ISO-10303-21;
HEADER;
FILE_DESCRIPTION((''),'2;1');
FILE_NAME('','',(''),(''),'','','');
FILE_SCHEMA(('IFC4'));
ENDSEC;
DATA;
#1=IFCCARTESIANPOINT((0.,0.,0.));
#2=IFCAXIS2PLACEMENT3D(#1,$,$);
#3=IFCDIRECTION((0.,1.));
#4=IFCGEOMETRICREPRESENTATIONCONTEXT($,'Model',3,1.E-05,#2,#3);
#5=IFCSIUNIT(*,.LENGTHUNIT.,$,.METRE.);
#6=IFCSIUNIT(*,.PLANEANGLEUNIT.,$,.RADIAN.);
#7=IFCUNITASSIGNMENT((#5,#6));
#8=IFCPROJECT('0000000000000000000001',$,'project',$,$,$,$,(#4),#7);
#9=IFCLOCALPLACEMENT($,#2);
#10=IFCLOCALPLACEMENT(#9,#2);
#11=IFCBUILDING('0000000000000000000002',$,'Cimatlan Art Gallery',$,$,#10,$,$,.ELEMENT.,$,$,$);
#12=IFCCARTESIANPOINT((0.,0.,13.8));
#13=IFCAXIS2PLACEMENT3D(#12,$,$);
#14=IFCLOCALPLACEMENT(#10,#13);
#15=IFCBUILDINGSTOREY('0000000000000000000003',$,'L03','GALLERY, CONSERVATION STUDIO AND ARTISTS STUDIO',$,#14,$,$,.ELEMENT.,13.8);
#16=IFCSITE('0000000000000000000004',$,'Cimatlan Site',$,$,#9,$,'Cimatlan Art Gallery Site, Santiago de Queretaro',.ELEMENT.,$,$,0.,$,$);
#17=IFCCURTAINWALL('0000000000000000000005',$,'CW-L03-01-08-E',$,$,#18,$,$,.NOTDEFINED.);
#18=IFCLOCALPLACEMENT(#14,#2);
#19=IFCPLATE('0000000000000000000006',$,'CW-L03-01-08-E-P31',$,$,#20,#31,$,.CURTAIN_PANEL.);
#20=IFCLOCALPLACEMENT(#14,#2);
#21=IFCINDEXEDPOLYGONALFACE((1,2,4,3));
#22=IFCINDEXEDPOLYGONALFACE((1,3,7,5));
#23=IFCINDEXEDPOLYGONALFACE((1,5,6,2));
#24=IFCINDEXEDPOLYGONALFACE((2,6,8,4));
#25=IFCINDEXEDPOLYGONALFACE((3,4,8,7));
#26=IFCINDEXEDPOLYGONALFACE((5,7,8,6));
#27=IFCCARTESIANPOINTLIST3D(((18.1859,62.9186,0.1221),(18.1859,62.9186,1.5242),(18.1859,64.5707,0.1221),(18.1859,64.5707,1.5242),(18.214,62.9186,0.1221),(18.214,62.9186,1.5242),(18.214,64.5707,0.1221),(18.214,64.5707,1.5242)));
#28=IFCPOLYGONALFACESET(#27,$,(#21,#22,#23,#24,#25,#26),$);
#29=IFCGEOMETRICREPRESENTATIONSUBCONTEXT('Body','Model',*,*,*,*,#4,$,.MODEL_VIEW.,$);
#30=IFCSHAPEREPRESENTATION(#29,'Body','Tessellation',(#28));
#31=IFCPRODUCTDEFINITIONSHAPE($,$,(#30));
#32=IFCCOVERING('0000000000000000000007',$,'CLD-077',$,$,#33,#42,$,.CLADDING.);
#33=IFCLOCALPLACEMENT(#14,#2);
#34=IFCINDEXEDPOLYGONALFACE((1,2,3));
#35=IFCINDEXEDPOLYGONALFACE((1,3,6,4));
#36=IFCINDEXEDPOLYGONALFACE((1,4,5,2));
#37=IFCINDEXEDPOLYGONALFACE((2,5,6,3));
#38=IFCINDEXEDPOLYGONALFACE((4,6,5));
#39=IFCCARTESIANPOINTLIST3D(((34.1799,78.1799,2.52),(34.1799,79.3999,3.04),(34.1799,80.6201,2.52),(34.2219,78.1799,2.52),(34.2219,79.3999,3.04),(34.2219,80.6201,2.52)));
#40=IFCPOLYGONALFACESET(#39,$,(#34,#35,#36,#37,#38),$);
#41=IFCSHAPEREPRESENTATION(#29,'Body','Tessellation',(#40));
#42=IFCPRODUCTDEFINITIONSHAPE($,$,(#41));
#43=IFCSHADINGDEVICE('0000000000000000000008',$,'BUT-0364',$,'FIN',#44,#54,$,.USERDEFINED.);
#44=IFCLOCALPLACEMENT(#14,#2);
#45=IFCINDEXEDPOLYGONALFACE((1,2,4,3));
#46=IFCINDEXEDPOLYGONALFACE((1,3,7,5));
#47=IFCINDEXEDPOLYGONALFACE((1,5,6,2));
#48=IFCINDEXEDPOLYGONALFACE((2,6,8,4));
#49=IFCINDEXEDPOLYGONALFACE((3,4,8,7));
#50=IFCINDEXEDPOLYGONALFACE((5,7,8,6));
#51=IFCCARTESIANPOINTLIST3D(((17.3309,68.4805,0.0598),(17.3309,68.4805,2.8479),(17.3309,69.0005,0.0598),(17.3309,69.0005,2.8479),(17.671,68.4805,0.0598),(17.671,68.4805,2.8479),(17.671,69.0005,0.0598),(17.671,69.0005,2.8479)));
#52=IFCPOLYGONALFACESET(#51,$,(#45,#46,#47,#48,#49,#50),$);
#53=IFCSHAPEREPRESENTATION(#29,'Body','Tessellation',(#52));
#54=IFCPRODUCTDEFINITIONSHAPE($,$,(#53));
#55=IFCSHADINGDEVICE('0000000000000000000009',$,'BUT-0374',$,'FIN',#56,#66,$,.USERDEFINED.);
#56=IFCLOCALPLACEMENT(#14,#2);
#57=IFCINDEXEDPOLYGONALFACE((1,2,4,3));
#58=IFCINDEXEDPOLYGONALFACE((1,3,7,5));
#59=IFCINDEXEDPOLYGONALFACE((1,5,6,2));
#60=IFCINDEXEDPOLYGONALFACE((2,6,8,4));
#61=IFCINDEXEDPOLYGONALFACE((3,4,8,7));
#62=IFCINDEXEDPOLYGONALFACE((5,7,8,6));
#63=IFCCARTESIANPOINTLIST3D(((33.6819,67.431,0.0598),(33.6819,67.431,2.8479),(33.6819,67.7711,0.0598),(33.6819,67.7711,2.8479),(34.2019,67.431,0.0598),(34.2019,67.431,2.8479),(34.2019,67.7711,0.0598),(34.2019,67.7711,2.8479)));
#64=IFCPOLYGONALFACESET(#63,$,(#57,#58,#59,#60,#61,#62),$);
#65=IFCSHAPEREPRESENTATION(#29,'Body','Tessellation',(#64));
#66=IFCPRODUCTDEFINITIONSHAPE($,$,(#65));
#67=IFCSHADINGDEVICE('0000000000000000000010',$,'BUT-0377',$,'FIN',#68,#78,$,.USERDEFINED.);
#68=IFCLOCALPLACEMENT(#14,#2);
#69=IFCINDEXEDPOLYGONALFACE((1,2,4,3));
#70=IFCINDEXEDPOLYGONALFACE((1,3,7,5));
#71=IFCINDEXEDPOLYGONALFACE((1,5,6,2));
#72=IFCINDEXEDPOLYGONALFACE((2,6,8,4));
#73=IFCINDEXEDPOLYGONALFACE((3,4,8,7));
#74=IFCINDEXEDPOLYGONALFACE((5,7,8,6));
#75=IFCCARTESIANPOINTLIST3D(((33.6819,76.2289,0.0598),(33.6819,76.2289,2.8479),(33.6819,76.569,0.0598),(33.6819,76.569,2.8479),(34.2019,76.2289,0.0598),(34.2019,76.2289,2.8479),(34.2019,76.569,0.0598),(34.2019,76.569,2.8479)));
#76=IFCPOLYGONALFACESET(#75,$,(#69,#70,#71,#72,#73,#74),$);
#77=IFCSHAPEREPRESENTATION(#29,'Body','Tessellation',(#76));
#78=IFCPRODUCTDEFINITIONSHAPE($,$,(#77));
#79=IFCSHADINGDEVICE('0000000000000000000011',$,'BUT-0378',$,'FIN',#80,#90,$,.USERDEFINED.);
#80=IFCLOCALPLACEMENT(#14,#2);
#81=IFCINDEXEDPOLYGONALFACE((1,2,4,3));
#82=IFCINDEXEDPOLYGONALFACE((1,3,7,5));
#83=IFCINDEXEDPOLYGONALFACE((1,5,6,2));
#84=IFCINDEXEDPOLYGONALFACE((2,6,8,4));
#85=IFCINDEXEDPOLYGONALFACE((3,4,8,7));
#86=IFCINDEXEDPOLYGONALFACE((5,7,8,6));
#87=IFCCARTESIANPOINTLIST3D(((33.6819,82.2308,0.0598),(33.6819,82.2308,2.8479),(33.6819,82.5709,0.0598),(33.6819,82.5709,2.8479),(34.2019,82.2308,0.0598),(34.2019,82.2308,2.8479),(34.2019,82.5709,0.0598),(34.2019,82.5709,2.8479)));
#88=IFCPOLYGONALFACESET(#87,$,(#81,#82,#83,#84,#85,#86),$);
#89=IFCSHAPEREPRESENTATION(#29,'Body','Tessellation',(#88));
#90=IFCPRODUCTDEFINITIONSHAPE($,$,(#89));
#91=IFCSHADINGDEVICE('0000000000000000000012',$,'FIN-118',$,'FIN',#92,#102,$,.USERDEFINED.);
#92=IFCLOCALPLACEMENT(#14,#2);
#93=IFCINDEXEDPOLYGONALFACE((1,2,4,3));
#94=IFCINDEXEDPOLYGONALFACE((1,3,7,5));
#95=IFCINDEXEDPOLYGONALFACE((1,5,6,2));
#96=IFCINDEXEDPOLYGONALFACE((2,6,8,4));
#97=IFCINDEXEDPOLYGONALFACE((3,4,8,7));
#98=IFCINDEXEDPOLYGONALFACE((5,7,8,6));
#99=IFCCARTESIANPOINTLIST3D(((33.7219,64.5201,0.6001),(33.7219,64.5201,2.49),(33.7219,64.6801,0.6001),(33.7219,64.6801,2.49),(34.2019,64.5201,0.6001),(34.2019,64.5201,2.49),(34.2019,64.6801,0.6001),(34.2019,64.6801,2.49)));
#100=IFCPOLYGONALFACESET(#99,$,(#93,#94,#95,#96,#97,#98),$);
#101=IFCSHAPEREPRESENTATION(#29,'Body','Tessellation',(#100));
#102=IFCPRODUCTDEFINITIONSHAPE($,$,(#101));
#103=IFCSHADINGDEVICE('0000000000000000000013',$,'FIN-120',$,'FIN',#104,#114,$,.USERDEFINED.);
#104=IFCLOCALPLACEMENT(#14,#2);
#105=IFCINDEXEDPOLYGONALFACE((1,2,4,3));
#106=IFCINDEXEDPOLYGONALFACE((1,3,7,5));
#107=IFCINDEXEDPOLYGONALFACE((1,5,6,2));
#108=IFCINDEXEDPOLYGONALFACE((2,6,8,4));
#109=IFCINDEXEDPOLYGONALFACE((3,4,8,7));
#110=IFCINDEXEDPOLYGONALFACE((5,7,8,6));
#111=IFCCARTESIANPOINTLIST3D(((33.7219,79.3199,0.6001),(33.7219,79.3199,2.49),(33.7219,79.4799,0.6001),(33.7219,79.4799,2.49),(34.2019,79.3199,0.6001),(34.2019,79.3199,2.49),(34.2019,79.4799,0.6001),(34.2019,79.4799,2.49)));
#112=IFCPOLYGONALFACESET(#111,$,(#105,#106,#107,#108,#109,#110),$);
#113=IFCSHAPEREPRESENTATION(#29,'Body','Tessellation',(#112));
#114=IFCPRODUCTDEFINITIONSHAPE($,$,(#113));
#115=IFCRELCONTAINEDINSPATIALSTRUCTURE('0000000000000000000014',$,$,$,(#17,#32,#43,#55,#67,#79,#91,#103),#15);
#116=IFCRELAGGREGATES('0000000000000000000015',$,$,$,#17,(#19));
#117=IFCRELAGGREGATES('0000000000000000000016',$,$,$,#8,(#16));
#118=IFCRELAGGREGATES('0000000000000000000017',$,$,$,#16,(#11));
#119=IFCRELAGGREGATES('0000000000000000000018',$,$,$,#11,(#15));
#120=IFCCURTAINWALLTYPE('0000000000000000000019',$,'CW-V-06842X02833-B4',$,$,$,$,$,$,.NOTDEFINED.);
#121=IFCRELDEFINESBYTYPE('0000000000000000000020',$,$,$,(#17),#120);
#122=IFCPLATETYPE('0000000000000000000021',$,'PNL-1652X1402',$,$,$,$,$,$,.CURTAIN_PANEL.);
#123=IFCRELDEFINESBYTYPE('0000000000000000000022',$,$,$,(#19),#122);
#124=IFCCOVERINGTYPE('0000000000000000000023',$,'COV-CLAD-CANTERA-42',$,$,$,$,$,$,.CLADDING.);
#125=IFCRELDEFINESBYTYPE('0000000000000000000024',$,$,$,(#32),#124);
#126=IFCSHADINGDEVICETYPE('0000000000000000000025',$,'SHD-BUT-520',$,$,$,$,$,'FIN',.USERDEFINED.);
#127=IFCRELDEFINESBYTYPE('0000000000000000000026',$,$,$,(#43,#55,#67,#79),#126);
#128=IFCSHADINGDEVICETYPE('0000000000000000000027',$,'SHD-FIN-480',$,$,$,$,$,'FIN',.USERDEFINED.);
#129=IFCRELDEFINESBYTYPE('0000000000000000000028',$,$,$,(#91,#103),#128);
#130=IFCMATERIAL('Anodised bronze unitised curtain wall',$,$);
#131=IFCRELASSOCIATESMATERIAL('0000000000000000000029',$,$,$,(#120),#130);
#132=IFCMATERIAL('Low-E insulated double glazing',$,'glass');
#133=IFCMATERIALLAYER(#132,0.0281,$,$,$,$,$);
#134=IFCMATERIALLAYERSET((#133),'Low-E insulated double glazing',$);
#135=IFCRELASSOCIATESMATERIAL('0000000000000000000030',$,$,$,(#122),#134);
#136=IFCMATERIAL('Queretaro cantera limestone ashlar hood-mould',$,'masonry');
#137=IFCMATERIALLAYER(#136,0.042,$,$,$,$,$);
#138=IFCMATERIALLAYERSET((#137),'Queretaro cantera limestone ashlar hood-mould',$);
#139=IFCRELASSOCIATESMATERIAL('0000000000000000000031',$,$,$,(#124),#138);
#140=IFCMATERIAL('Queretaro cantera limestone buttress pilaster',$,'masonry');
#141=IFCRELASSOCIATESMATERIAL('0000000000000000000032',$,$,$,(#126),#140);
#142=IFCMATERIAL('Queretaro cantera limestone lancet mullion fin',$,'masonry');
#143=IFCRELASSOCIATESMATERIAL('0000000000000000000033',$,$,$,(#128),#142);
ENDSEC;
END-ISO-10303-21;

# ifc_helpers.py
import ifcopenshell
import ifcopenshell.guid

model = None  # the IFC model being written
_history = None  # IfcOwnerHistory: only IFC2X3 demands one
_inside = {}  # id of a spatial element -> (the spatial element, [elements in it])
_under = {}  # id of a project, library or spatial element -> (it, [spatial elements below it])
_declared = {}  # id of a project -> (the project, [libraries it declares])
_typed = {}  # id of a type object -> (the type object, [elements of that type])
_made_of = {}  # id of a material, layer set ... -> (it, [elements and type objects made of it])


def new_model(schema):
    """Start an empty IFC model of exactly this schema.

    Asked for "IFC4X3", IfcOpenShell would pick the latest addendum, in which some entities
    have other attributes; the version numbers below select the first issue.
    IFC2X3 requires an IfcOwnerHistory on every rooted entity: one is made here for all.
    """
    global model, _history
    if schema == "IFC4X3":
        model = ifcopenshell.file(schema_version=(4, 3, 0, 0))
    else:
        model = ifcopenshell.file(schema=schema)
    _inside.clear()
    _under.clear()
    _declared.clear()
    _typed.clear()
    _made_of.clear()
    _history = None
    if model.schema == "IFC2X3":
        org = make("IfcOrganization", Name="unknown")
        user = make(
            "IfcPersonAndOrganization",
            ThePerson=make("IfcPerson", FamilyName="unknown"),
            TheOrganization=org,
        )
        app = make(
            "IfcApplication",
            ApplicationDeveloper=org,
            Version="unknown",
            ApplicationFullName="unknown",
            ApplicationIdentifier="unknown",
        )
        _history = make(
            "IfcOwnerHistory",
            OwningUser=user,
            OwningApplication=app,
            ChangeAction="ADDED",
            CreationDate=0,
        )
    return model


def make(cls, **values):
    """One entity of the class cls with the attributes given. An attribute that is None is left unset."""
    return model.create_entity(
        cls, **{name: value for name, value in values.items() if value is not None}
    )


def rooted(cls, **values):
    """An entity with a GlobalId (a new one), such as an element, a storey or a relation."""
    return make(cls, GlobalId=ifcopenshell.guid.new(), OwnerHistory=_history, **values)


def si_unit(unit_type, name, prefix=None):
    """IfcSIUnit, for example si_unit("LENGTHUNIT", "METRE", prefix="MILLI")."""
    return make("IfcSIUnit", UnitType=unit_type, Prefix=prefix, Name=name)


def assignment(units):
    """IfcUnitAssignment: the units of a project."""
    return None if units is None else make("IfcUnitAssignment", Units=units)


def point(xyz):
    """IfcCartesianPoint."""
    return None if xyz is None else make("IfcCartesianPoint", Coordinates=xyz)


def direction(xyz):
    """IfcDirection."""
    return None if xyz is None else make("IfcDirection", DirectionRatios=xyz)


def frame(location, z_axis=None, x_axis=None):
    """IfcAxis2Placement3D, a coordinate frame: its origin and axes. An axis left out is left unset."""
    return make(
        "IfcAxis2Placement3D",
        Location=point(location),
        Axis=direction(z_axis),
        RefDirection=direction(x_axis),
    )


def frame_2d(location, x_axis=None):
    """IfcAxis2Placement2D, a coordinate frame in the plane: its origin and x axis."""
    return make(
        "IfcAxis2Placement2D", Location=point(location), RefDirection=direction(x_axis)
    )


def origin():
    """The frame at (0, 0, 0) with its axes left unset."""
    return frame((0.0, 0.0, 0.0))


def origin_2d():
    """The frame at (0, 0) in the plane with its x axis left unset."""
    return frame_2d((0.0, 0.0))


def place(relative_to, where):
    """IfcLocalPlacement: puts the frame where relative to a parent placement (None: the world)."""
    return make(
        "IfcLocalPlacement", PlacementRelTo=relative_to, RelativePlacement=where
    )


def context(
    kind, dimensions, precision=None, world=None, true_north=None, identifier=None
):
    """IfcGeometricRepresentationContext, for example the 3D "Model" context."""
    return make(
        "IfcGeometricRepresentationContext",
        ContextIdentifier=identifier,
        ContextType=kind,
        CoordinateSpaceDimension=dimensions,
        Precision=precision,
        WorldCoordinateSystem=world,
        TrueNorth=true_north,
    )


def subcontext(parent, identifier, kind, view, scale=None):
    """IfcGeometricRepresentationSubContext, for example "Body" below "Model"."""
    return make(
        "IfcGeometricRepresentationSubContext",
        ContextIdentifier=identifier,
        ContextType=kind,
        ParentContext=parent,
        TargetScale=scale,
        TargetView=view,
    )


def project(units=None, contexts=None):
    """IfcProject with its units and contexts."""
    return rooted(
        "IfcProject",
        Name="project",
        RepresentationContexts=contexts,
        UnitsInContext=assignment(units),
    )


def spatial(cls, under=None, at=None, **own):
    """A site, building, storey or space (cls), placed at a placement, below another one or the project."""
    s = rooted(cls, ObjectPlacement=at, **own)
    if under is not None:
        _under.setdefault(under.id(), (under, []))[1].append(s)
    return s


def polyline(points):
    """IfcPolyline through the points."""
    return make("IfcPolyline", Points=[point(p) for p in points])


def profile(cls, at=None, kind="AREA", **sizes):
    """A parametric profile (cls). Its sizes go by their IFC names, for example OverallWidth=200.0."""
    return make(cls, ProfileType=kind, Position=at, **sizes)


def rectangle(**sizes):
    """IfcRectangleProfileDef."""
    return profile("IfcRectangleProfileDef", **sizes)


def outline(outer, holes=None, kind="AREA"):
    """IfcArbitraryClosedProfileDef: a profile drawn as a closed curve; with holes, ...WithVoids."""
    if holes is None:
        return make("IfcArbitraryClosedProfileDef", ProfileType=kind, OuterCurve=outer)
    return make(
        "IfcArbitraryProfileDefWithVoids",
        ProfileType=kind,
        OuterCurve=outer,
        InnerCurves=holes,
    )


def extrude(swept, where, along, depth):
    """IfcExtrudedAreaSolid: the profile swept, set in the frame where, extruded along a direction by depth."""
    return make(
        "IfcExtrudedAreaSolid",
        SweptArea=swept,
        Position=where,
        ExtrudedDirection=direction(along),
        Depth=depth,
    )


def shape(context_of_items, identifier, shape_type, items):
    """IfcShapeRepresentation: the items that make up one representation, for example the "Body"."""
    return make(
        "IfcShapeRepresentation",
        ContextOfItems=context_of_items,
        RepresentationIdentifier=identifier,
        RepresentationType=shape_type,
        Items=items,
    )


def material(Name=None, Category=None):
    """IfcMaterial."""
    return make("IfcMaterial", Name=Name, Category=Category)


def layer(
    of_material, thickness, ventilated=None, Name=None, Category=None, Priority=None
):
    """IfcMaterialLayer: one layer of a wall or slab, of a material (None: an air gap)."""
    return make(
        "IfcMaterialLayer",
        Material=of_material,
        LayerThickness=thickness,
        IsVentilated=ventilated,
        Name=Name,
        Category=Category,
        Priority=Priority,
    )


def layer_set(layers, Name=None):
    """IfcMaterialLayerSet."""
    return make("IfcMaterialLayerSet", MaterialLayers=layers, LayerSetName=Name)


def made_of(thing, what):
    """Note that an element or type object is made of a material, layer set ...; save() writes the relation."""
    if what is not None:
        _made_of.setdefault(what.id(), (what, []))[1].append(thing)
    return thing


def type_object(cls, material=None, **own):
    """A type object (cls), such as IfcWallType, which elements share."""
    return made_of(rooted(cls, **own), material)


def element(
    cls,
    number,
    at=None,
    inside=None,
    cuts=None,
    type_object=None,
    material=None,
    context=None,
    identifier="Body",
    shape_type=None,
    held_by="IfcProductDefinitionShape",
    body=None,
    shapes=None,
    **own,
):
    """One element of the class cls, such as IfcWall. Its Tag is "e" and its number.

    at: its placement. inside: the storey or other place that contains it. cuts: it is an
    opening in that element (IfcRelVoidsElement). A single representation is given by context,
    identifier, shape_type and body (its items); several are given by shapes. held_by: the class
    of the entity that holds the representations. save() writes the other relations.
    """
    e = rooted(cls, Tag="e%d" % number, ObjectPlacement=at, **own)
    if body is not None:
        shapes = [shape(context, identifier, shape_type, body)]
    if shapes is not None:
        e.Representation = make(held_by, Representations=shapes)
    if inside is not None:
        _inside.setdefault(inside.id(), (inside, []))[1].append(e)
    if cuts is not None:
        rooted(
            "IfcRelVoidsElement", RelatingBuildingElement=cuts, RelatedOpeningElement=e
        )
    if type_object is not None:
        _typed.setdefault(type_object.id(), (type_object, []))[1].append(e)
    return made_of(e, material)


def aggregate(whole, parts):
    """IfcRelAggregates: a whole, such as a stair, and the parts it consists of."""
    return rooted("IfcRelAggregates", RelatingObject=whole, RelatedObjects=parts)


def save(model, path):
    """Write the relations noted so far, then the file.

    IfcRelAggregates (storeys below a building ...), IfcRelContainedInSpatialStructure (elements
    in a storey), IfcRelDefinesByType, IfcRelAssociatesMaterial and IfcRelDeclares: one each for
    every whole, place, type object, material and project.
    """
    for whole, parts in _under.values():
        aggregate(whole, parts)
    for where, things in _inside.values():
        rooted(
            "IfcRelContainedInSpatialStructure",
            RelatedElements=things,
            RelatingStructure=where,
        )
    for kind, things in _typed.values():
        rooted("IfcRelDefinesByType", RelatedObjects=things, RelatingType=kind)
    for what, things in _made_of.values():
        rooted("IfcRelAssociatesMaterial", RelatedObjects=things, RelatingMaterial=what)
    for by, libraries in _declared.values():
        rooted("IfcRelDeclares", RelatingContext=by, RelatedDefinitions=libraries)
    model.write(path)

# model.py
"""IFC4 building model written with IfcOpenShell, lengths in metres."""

from ifc_helpers import new_model, si_unit, direction, frame, origin, origin_2d, place, context, subcontext, project, spatial, polyline, rectangle, outline, extrude, material, layer, layer_set, type_object, element, aggregate, save


model = new_model("IFC4")

# Units and contexts
model_context = context("Model", 3, precision=1e-05, world=origin(), true_north=direction((0.0, 1.0)))
body_context = subcontext(model_context, "Body", "Model", "MODEL_VIEW")
ifc_project = project(units=[si_unit("LENGTHUNIT", "METRE"), si_unit("PLANEANGLEUNIT", "RADIAN")], contexts=[model_context])

# Site, building, storey
site_placement = place(None, origin())
site = spatial("IfcSite", under=ifc_project, at=site_placement, Name="Cimatlan Site", LongName="Cimatlan Art Gallery Site, Santiago de Queretaro", CompositionType="ELEMENT", RefElevation=0.0)
building_placement = place(site_placement, origin())
building = spatial("IfcBuilding", under=site, at=building_placement, Name="Cimatlan Art Gallery", CompositionType="ELEMENT")
storey_placement = place(building_placement, frame((0.0, 0.0, 13.8)))
storey = spatial("IfcBuildingStorey", under=building, at=storey_placement, Name="L03", Description="GALLERY, CONSERVATION STUDIO AND ARTISTS STUDIO", CompositionType="ELEMENT", Elevation=13.8)

# Curtain wall, plate
ifc_material_1 = material(Name="Anodised bronze unitised curtain wall")
curtain_wall_type = type_object("IfcCurtainWallType", Name="CW-V-06842X02833-B4", PredefinedType="NOTDEFINED", material=ifc_material_1)
curtain_wall_placement = place(storey_placement, origin())
curtain_wall = element("IfcCurtainWall", 1, at=curtain_wall_placement, inside=storey, type_object=curtain_wall_type, Name="CW-L03-01-08-E", PredefinedType="NOTDEFINED")
ifc_material_2 = material(Name="Low-E insulated double glazing", Category="glass")
ifc_layer_1 = layer(ifc_material_2, 0.0281)
ifc_layer_set_1 = layer_set([ifc_layer_1], Name="Low-E insulated double glazing")
plate_type_1 = type_object("IfcPlateType", Name="PNL-1652X1402", PredefinedType="CURTAIN_PANEL", material=ifc_layer_set_1)
plate_1_placement = place(storey_placement, frame((18.2, 63.7446, 0.1221), z_axis=(0.0, 0.0, 1.0), x_axis=(0.0, -1.0, 0.0)))
plate_1 = element("IfcPlate", 2, at=plate_1_placement, type_object=plate_type_1, Name="CW-L03-01-08-E-P31", PredefinedType="CURTAIN_PANEL", context=body_context, shape_type="SweptSolid", body=[
    extrude(rectangle(XDim=1.6521, YDim=0.0281, at=origin_2d()), origin(), (0.0, 0.0, 1.0), 1.4021),
])
aggregate(curtain_wall, [plate_1])

# Covering
ifc_material_3 = material(Name="Queretaro cantera limestone ashlar hood-mould", Category="masonry")
ifc_layer_2 = layer(ifc_material_3, 0.042)
ifc_layer_set_2 = layer_set([ifc_layer_2], Name="Queretaro cantera limestone ashlar hood-mould")
covering_type = type_object("IfcCoveringType", Name="COV-CLAD-CANTERA-42", PredefinedType="CLADDING", material=ifc_layer_set_2)
covering_placement = place(storey_placement, frame((34.2219, 78.1799, 2.52), z_axis=(1.0, 0.0, 0.0), x_axis=(0.0, 1.0, 0.0)))
element("IfcCovering", 3, at=covering_placement, inside=storey, type_object=covering_type, Name="CLD-077", PredefinedType="CLADDING", context=body_context, shape_type="SweptSolid", body=[
    extrude(outline(polyline([(0.0, 0.0), (2.4402, 0.0), (1.22, 0.52), (0.0, 0.0)])), origin(), (0.0, 0.0, -1.0), 0.042),
])

# Shading devices
ifc_material_4 = material(Name="Queretaro cantera limestone buttress pilaster", Category="masonry")
shading_device_type_1 = type_object("IfcShadingDeviceType", Name="SHD-BUT-520", ElementType="FIN", PredefinedType="USERDEFINED", material=ifc_material_4)
for number, where, z_axis, x_axis, name in (
    (4, (17.501, 68.7405, 0.0598), (0.0, 0.0, 1.0), (1.0, 0.0, 0.0), "BUT-0364"),
    (5, (33.9419, 67.6011, 0.0598), (0.0, 0.0, 1.0), (0.0, 1.0, 0.0), "BUT-0374"),
    (6, (33.9419, 76.3989, 0.0598), (0.0, 0.0, 1.0), (0.0, 1.0, 0.0), "BUT-0377"),
    (7, (33.9419, 82.4009, 0.0598), (0.0, 0.0, 1.0), (0.0, 1.0, 0.0), "BUT-0378"),
):
    element("IfcShadingDevice", number, at=place(storey_placement, frame(where, z_axis=z_axis, x_axis=x_axis)), inside=storey, type_object=shading_device_type_1, Name=name, ObjectType="FIN", PredefinedType="USERDEFINED", context=body_context, shape_type="SweptSolid", body=[
        extrude(rectangle(XDim=0.3401, YDim=0.52, at=origin_2d()), origin(), (0.0, 0.0, 1.0), 2.7881),
    ])
ifc_material_5 = material(Name="Queretaro cantera limestone lancet mullion fin", Category="masonry")
shading_device_type_2 = type_object("IfcShadingDeviceType", Name="SHD-FIN-480", ElementType="FIN", PredefinedType="USERDEFINED", material=ifc_material_5)
for number, where, z_axis, x_axis, name in (
    (8, (33.9619, 64.6001, 0.6001), (0.0, 0.0, 1.0), (0.0, 1.0, 0.0), "FIN-118"),
    (9, (33.9619, 79.3999, 0.6001), (0.0, 0.0, 1.0), (0.0, 1.0, 0.0), "FIN-120"),
):
    element("IfcShadingDevice", number, at=place(storey_placement, frame(where, z_axis=z_axis, x_axis=x_axis)), inside=storey, type_object=shading_device_type_2, Name=name, ObjectType="FIN", PredefinedType="USERDEFINED", context=body_context, shape_type="SweptSolid", body=[
        extrude(rectangle(XDim=0.1599, YDim=0.48, at=origin_2d()), origin(), (0.0, 0.0, 1.0), 1.8899),
    ])

save(model, "model.ifc")
